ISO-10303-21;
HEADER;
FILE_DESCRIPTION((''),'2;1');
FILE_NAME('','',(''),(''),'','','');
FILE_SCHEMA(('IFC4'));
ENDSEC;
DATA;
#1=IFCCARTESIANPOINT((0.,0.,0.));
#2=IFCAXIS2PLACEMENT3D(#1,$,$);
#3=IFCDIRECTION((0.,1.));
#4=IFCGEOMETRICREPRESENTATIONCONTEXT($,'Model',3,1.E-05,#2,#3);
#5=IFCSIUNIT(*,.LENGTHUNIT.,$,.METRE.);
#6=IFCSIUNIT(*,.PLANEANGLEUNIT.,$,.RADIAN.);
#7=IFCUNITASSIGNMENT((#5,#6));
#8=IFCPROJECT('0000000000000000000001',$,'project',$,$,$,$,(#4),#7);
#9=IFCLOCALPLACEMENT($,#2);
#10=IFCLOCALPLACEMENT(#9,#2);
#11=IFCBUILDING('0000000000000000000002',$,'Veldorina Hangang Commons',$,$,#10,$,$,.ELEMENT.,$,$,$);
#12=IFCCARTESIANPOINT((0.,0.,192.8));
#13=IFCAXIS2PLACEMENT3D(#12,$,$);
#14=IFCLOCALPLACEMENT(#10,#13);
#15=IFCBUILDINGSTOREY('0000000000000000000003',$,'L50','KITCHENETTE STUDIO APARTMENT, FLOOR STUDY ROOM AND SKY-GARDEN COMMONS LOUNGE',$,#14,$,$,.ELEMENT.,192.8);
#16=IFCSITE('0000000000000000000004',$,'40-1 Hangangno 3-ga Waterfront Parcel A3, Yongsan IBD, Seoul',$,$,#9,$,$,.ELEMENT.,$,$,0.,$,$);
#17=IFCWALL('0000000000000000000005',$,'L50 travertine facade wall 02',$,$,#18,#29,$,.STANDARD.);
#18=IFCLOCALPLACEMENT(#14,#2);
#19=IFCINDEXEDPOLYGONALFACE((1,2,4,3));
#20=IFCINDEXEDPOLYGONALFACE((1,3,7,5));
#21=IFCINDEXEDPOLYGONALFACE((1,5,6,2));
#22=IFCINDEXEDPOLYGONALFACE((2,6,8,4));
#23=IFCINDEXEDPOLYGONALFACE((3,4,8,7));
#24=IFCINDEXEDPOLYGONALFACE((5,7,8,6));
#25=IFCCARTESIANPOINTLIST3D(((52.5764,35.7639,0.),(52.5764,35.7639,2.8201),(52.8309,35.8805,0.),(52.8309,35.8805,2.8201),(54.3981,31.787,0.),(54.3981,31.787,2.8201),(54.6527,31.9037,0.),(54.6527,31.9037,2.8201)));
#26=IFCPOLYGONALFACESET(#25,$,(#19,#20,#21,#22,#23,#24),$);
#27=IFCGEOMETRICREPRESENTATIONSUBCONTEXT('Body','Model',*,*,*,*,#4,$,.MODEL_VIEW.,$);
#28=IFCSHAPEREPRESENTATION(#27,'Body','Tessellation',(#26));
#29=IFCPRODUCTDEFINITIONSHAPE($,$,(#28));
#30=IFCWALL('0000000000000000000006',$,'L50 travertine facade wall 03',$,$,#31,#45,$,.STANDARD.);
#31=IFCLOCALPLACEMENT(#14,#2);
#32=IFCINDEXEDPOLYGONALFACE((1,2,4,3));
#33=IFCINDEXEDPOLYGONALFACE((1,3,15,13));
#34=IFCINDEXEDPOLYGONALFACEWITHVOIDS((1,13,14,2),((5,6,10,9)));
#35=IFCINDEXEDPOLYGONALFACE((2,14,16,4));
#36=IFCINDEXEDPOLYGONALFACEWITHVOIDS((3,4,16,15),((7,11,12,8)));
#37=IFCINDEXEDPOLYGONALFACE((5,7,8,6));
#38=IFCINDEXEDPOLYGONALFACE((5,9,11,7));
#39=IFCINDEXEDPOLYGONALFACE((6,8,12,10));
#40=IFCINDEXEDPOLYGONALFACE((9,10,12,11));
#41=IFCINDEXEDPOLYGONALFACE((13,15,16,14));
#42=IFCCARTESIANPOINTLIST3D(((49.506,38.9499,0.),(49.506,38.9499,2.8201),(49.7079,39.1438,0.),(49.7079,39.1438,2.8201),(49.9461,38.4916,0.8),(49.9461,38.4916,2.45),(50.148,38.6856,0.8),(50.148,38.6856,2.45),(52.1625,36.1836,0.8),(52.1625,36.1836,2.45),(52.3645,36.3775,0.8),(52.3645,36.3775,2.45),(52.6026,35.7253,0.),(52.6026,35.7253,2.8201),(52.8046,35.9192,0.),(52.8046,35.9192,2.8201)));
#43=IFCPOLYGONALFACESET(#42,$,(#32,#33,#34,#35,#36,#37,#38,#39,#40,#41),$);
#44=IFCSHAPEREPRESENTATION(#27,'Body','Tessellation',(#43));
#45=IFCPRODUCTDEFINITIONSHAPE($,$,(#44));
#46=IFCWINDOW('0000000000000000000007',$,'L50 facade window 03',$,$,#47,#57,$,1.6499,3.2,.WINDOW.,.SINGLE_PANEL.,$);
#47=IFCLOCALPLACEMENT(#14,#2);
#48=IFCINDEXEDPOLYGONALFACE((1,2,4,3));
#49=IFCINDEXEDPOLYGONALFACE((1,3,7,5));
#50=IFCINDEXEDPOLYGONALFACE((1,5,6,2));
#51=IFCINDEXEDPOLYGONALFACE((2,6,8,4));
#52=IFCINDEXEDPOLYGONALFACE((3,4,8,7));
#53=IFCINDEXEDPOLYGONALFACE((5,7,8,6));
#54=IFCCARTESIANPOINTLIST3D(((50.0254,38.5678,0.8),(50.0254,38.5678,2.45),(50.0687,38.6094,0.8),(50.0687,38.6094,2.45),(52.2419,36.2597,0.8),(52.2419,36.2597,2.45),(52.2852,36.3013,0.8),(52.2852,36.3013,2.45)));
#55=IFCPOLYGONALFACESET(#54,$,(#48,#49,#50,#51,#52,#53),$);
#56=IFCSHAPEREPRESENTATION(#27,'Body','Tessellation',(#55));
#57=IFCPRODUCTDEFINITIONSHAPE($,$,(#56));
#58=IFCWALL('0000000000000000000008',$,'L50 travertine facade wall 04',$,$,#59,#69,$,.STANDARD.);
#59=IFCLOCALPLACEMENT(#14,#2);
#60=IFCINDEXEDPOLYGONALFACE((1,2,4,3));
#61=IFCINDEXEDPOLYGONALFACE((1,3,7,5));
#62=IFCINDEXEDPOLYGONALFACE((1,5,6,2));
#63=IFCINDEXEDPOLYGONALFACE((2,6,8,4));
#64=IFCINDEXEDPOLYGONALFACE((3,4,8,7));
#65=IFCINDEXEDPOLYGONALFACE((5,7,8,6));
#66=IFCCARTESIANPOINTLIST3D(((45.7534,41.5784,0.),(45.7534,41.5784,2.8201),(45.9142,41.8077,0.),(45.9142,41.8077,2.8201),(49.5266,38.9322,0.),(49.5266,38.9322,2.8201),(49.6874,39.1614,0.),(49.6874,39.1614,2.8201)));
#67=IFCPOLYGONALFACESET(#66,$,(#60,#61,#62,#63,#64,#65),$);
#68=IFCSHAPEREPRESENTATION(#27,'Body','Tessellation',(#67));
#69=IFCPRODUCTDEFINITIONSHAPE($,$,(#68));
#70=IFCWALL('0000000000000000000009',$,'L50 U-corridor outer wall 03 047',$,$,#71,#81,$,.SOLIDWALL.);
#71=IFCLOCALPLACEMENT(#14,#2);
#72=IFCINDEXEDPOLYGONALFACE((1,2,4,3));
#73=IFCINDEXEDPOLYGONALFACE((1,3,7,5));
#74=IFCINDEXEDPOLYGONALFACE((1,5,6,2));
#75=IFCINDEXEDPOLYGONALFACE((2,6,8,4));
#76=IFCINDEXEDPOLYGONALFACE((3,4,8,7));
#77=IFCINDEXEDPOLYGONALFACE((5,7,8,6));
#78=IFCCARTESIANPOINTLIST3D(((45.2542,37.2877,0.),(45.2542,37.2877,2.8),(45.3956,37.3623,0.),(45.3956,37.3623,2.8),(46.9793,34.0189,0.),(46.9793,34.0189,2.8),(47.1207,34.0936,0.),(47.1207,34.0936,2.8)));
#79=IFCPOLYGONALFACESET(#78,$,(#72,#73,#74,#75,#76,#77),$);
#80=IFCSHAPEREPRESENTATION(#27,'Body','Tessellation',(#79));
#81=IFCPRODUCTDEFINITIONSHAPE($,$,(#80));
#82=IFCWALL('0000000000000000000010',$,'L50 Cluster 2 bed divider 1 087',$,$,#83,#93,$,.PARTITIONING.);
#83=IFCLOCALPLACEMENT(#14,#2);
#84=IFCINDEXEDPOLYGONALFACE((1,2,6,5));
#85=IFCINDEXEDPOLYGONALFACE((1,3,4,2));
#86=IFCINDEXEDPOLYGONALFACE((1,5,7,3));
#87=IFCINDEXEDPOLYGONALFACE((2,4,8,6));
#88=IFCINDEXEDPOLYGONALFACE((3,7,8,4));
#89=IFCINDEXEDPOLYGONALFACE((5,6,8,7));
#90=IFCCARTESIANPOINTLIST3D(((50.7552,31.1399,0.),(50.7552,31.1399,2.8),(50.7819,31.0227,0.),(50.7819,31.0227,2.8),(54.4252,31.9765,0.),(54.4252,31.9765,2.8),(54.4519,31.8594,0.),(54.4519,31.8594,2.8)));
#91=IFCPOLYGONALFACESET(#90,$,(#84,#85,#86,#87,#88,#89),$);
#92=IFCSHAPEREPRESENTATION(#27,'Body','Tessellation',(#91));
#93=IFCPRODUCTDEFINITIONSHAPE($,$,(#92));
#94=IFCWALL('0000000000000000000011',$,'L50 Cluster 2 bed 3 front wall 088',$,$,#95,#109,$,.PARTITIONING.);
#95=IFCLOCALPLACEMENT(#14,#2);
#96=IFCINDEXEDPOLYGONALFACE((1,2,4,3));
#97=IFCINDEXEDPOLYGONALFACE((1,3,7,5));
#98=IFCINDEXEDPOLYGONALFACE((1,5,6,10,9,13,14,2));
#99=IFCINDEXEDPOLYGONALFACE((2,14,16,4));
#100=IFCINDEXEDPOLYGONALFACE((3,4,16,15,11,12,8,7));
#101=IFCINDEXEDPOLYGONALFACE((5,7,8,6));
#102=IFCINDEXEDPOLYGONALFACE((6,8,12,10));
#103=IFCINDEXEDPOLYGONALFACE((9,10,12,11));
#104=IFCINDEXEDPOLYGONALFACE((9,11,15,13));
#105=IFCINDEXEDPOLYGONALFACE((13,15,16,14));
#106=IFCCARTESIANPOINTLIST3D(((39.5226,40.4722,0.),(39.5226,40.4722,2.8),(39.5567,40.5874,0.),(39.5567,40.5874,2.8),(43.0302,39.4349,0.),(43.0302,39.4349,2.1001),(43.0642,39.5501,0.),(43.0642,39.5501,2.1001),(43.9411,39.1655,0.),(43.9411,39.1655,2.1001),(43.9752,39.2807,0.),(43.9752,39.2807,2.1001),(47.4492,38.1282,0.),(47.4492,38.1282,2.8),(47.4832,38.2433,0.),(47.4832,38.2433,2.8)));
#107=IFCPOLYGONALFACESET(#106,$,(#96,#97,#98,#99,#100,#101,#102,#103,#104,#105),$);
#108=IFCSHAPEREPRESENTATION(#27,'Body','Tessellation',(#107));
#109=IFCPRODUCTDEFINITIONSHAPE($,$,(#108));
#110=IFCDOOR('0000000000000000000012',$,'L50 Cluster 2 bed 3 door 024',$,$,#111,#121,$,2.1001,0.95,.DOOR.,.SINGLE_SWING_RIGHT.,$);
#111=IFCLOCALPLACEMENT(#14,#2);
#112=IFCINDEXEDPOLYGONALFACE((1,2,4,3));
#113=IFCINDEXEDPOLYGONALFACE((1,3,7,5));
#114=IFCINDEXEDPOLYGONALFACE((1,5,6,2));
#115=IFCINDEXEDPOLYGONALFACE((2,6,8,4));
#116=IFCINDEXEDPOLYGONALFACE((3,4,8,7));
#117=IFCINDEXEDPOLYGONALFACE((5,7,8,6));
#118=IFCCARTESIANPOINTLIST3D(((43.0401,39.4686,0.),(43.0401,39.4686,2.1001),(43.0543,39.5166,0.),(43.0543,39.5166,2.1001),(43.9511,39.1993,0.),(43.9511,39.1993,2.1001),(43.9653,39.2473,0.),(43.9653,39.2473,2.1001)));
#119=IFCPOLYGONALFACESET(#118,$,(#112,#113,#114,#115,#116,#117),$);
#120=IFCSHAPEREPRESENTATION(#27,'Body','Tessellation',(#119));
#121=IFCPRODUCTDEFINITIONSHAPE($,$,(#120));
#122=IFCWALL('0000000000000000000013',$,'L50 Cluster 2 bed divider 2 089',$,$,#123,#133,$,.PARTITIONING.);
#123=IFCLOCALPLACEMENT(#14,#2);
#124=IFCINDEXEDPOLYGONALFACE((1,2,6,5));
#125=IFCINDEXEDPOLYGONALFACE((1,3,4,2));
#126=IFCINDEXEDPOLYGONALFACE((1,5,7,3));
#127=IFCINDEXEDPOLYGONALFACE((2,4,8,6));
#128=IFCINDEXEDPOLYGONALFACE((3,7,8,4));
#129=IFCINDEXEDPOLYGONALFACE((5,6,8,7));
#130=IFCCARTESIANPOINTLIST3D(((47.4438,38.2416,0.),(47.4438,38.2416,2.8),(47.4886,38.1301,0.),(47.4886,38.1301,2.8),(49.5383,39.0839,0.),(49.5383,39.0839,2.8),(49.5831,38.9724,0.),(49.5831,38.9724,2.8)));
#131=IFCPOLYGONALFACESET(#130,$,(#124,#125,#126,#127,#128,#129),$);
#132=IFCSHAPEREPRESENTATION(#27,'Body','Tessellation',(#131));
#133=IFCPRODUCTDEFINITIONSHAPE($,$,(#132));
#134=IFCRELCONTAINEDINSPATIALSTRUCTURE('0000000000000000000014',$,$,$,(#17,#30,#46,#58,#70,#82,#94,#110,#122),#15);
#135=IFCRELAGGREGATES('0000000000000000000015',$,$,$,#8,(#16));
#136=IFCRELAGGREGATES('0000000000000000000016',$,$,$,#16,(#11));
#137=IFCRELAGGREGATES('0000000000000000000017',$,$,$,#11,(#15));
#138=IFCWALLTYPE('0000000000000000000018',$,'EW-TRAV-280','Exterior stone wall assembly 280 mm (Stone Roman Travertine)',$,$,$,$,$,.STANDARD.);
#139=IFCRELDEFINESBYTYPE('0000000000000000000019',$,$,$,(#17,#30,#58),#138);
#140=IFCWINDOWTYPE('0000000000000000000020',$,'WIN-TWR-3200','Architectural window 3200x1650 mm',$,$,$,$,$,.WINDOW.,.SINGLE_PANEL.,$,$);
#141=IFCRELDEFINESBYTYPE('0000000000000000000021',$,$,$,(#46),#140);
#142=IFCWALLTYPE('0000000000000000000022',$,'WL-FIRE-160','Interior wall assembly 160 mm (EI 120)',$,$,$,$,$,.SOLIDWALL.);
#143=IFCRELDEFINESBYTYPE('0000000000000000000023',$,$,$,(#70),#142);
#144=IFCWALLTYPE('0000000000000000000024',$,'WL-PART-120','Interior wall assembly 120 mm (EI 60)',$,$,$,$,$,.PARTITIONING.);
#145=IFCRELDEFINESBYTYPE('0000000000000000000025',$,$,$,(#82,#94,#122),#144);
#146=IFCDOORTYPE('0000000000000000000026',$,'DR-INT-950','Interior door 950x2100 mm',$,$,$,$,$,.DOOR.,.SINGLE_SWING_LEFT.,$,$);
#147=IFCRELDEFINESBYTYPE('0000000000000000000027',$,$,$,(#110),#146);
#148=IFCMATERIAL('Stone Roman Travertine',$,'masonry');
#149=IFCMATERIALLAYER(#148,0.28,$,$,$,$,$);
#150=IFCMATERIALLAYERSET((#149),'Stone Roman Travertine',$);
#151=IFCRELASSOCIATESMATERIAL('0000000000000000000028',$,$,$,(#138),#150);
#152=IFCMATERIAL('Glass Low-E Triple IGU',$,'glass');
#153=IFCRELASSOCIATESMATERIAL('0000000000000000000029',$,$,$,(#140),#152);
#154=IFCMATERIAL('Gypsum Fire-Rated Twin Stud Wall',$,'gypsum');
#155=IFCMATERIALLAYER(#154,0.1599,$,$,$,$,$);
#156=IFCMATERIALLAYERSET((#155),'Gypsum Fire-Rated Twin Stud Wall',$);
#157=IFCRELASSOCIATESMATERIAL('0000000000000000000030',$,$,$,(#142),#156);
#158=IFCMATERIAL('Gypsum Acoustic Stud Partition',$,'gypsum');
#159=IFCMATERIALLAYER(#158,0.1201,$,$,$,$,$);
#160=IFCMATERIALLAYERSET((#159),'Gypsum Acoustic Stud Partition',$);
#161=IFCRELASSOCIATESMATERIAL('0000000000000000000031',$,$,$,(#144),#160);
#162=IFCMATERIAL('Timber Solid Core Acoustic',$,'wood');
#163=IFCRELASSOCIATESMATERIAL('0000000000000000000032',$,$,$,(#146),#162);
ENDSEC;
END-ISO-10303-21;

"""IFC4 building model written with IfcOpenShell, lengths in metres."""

from ifc_helpers import new_model, si_unit, direction, frame, frame_2d, origin, place, context, subcontext, project, spatial, rectangle, extrude, material, layer, layer_set, type_object, element, fill, save


model = new_model("IFC4")

# Units and contexts
model_context = context("Model", 3, precision=1e-05, world=origin(), true_north=direction((0.0, 1.0)))
body_context = subcontext(model_context, "Body", "Model", "MODEL_VIEW")
ifc_project = project(units=[si_unit("LENGTHUNIT", "METRE"), si_unit("PLANEANGLEUNIT", "RADIAN")], contexts=[model_context])

# Site, building, storey
site_placement = place(None, origin())
site = spatial("IfcSite", under=ifc_project, at=site_placement, Name="40-1 Hangangno 3-ga Waterfront Parcel A3, Yongsan IBD, Seoul", CompositionType="ELEMENT", RefElevation=0.0)
building_placement = place(site_placement, origin())
building = spatial("IfcBuilding", under=site, at=building_placement, Name="Veldorina Hangang Commons", CompositionType="ELEMENT")
storey_placement = place(building_placement, frame((0.0, 0.0, 192.8)))
storey = spatial("IfcBuildingStorey", under=building, at=storey_placement, Name="L50", Description="KITCHENETTE STUDIO APARTMENT, FLOOR STUDY ROOM AND SKY-GARDEN COMMONS LOUNGE", CompositionType="ELEMENT", Elevation=192.8)

# Shared definitions
ifc_material_1 = material(Name="Glass Low-E Triple IGU", Category="glass")

# Wall
ifc_material_2 = material(Name="Stone Roman Travertine", Category="masonry")
ifc_layer_1 = layer(ifc_material_2, 0.28)
ifc_layer_set_1 = layer_set([ifc_layer_1], Name="Stone Roman Travertine")
wall_type_1 = type_object("IfcWallType", Name="EW-TRAV-280", Description="Exterior stone wall assembly 280 mm (Stone Roman Travertine)", PredefinedType="STANDARD", material=ifc_layer_set_1)
wall_1_placement = place(storey_placement, frame((54.5254, 31.8455, 0.0), z_axis=(0.0, 0.0, 1.0), x_axis=(-0.41648, 0.909145, 0.0)))
element("IfcWall", 1, at=wall_1_placement, inside=storey, type_object=wall_type_1, Name="L50 travertine facade wall 02", PredefinedType="STANDARD", context=body_context, shape_type="SweptSolid", body=[
    extrude(rectangle(XDim=4.3743, YDim=0.28, at=frame_2d((2.187, 0.0))), origin(), (0.0, 0.0, 1.0), 2.8201),
])

# Wall, opening, window
wall_2_placement = place(storey_placement, frame((52.7036, 35.8223, 0.0), z_axis=(0.0, 0.0, 1.0), x_axis=(-0.692655, 0.721269, 0.0)))
wall_2 = element("IfcWall", 2, at=wall_2_placement, inside=storey, type_object=wall_type_1, Name="L50 travertine facade wall 03", PredefinedType="STANDARD", context=body_context, shape_type="SweptSolid", body=[
    extrude(rectangle(XDim=4.4707, YDim=0.28, at=frame_2d((2.2354, 0.0))), origin(), (0.0, 0.0, 1.0), 2.8201),
])
opening_1_placement = place(wall_2_placement, frame((0.6353, 0.0, 0.8)))
opening_1 = element("IfcOpeningElement", 3, at=opening_1_placement, cuts=wall_2, PredefinedType="OPENING", context=body_context, shape_type="SweptSolid", body=[
    extrude(rectangle(XDim=3.2, YDim=1.6499, at=frame_2d((1.6001, 0.825))), frame((0.0, 0.1499, 0.0), z_axis=(0.0, -1.0, 0.0), x_axis=(1.0, 0.0, 0.0)), (0.0, 0.0, 1.0), 0.3),
])
window_type = type_object("IfcWindowType", Name="WIN-TWR-3200", Description="Architectural window 3200x1650 mm", PartitioningType="SINGLE_PANEL", PredefinedType="WINDOW", material=ifc_material_1)
window_placement = place(opening_1_placement, origin())
window = element("IfcWindow", 4, at=window_placement, inside=storey, type_object=window_type, Name="L50 facade window 03", OverallHeight=1.6499, OverallWidth=3.2, PartitioningType="SINGLE_PANEL", PredefinedType="WINDOW", context=body_context, shape_type="SweptSolid", body=[
    extrude(rectangle(XDim=3.2, YDim=1.6499, at=frame_2d((1.6001, 0.825))), frame((0.0, 0.03, 0.0), z_axis=(0.0, -1.0, 0.0), x_axis=(1.0, 0.0, 0.0)), (0.0, 0.0, 1.0), 0.0601),
])
fill(opening_1, window)

# Walls
wall_3_placement = place(storey_placement, frame((49.6069, 39.0469, 0.0), z_axis=(0.0, 0.0, 1.0), x_axis=(-0.818721, 0.574191, 0.0)))
element("IfcWall", 5, at=wall_3_placement, inside=storey, type_object=wall_type_1, Name="L50 travertine facade wall 04", PredefinedType="STANDARD", context=body_context, shape_type="SweptSolid", body=[
    extrude(rectangle(XDim=4.6086, YDim=0.28, at=frame_2d((2.3042, 0.0))), origin(), (0.0, 0.0, 1.0), 2.8201),
])
ifc_material_3 = material(Name="Gypsum Fire-Rated Twin Stud Wall", Category="gypsum")
ifc_layer_2 = layer(ifc_material_3, 0.1599)
ifc_layer_set_2 = layer_set([ifc_layer_2], Name="Gypsum Fire-Rated Twin Stud Wall")
wall_type_2 = type_object("IfcWallType", Name="WL-FIRE-160", Description="Interior wall assembly 160 mm (EI 120)", PredefinedType="SOLIDWALL", material=ifc_layer_set_2)
wall_4_placement = place(storey_placement, frame((47.05, 34.0562, 0.0), z_axis=(0.0, 0.0, 1.0), x_axis=(-0.466737, 0.884396, 0.0)))
element("IfcWall", 6, at=wall_4_placement, inside=storey, type_object=wall_type_2, Name="L50 U-corridor outer wall 03 047", PredefinedType="SOLIDWALL", context=body_context, shape_type="SweptSolid", body=[
    extrude(rectangle(XDim=3.696, YDim=0.1599, at=frame_2d((1.8481, 0.0))), origin(), (0.0, 0.0, 1.0), 2.8),
])
ifc_material_4 = material(Name="Gypsum Acoustic Stud Partition", Category="gypsum")
ifc_layer_3 = layer(ifc_material_4, 0.1201)
ifc_layer_set_3 = layer_set([ifc_layer_3], Name="Gypsum Acoustic Stud Partition")
wall_type_3 = type_object("IfcWallType", Name="WL-PART-120", Description="Interior wall assembly 120 mm (EI 60)", PredefinedType="PARTITIONING", material=ifc_layer_set_3)
wall_5_placement = place(storey_placement, frame((50.7686, 31.0813, 0.0), z_axis=(0.0, 0.0, 1.0), x_axis=(0.974984, 0.222277, 0.0)))
element("IfcWall", 7, at=wall_5_placement, inside=storey, type_object=wall_type_3, Name="L50 Cluster 2 bed divider 1 087", PredefinedType="PARTITIONING", context=body_context, shape_type="SweptSolid", body=[
    extrude(rectangle(XDim=3.7642, YDim=0.1201, at=frame_2d((1.8821, 0.0))), origin(), (0.0, 0.0, 1.0), 2.8),
])

# Wall, opening, door
wall_6_placement = place(storey_placement, frame((47.4661, 38.1858, 0.0), z_axis=(0.0, 0.0, 1.0), x_axis=(-0.95895, 0.283576, 0.0)))
wall_6 = element("IfcWall", 8, at=wall_6_placement, inside=storey, type_object=wall_type_3, Name="L50 Cluster 2 bed 3 front wall 088", PredefinedType="PARTITIONING", context=body_context, shape_type="SweptSolid", body=[
    extrude(rectangle(XDim=8.2659, YDim=0.1201, at=frame_2d((4.1328, 0.0))), origin(), (0.0, 0.0, 1.0), 2.8),
])
opening_2_placement = place(wall_6_placement, frame((3.658, 0.0, 0.0)))
opening_2 = element("IfcOpeningElement", 9, at=opening_2_placement, cuts=wall_6, PredefinedType="OPENING", context=body_context, shape_type="SweptSolid", body=[
    extrude(rectangle(XDim=0.95, YDim=2.1001, at=frame_2d((0.4751, 1.05))), frame((0.0, 0.0701, 0.0), z_axis=(0.0, -1.0, 0.0), x_axis=(1.0, 0.0, 0.0)), (0.0, 0.0, 1.0), 0.1401),
])
ifc_material_5 = material(Name="Timber Solid Core Acoustic", Category="wood")
door_type = type_object("IfcDoorType", Name="DR-INT-950", Description="Interior door 950x2100 mm", OperationType="SINGLE_SWING_LEFT", PredefinedType="DOOR", material=ifc_material_5)
door_placement = place(opening_2_placement, origin())
door = element("IfcDoor", 10, at=door_placement, inside=storey, type_object=door_type, Name="L50 Cluster 2 bed 3 door 024", OperationType="SINGLE_SWING_RIGHT", OverallHeight=2.1001, OverallWidth=0.95, PredefinedType="DOOR", context=body_context, shape_type="SweptSolid", body=[
    extrude(rectangle(XDim=0.95, YDim=2.1001, at=frame_2d((0.4751, 1.05))), frame((0.0, 0.0249, 0.0), z_axis=(0.0, -1.0, 0.0), x_axis=(1.0, 0.0, 0.0)), (0.0, 0.0, 1.0), 0.05),
])
fill(opening_2, door)

# Wall
wall_7_placement = place(storey_placement, frame((47.4661, 38.1858, 0.0), z_axis=(0.0, 0.0, 1.0), x_axis=(0.927789, 0.373105, 0.0)))
element("IfcWall", 11, at=wall_7_placement, inside=storey, type_object=wall_type_3, Name="L50 Cluster 2 bed divider 2 089", PredefinedType="PARTITIONING", context=body_context, shape_type="SweptSolid", body=[
    extrude(rectangle(XDim=2.2576, YDim=0.1201, at=frame_2d((1.1289, 0.0))), origin(), (0.0, 0.0, 1.0), 2.8),
])

save(model, "model.ifc")
